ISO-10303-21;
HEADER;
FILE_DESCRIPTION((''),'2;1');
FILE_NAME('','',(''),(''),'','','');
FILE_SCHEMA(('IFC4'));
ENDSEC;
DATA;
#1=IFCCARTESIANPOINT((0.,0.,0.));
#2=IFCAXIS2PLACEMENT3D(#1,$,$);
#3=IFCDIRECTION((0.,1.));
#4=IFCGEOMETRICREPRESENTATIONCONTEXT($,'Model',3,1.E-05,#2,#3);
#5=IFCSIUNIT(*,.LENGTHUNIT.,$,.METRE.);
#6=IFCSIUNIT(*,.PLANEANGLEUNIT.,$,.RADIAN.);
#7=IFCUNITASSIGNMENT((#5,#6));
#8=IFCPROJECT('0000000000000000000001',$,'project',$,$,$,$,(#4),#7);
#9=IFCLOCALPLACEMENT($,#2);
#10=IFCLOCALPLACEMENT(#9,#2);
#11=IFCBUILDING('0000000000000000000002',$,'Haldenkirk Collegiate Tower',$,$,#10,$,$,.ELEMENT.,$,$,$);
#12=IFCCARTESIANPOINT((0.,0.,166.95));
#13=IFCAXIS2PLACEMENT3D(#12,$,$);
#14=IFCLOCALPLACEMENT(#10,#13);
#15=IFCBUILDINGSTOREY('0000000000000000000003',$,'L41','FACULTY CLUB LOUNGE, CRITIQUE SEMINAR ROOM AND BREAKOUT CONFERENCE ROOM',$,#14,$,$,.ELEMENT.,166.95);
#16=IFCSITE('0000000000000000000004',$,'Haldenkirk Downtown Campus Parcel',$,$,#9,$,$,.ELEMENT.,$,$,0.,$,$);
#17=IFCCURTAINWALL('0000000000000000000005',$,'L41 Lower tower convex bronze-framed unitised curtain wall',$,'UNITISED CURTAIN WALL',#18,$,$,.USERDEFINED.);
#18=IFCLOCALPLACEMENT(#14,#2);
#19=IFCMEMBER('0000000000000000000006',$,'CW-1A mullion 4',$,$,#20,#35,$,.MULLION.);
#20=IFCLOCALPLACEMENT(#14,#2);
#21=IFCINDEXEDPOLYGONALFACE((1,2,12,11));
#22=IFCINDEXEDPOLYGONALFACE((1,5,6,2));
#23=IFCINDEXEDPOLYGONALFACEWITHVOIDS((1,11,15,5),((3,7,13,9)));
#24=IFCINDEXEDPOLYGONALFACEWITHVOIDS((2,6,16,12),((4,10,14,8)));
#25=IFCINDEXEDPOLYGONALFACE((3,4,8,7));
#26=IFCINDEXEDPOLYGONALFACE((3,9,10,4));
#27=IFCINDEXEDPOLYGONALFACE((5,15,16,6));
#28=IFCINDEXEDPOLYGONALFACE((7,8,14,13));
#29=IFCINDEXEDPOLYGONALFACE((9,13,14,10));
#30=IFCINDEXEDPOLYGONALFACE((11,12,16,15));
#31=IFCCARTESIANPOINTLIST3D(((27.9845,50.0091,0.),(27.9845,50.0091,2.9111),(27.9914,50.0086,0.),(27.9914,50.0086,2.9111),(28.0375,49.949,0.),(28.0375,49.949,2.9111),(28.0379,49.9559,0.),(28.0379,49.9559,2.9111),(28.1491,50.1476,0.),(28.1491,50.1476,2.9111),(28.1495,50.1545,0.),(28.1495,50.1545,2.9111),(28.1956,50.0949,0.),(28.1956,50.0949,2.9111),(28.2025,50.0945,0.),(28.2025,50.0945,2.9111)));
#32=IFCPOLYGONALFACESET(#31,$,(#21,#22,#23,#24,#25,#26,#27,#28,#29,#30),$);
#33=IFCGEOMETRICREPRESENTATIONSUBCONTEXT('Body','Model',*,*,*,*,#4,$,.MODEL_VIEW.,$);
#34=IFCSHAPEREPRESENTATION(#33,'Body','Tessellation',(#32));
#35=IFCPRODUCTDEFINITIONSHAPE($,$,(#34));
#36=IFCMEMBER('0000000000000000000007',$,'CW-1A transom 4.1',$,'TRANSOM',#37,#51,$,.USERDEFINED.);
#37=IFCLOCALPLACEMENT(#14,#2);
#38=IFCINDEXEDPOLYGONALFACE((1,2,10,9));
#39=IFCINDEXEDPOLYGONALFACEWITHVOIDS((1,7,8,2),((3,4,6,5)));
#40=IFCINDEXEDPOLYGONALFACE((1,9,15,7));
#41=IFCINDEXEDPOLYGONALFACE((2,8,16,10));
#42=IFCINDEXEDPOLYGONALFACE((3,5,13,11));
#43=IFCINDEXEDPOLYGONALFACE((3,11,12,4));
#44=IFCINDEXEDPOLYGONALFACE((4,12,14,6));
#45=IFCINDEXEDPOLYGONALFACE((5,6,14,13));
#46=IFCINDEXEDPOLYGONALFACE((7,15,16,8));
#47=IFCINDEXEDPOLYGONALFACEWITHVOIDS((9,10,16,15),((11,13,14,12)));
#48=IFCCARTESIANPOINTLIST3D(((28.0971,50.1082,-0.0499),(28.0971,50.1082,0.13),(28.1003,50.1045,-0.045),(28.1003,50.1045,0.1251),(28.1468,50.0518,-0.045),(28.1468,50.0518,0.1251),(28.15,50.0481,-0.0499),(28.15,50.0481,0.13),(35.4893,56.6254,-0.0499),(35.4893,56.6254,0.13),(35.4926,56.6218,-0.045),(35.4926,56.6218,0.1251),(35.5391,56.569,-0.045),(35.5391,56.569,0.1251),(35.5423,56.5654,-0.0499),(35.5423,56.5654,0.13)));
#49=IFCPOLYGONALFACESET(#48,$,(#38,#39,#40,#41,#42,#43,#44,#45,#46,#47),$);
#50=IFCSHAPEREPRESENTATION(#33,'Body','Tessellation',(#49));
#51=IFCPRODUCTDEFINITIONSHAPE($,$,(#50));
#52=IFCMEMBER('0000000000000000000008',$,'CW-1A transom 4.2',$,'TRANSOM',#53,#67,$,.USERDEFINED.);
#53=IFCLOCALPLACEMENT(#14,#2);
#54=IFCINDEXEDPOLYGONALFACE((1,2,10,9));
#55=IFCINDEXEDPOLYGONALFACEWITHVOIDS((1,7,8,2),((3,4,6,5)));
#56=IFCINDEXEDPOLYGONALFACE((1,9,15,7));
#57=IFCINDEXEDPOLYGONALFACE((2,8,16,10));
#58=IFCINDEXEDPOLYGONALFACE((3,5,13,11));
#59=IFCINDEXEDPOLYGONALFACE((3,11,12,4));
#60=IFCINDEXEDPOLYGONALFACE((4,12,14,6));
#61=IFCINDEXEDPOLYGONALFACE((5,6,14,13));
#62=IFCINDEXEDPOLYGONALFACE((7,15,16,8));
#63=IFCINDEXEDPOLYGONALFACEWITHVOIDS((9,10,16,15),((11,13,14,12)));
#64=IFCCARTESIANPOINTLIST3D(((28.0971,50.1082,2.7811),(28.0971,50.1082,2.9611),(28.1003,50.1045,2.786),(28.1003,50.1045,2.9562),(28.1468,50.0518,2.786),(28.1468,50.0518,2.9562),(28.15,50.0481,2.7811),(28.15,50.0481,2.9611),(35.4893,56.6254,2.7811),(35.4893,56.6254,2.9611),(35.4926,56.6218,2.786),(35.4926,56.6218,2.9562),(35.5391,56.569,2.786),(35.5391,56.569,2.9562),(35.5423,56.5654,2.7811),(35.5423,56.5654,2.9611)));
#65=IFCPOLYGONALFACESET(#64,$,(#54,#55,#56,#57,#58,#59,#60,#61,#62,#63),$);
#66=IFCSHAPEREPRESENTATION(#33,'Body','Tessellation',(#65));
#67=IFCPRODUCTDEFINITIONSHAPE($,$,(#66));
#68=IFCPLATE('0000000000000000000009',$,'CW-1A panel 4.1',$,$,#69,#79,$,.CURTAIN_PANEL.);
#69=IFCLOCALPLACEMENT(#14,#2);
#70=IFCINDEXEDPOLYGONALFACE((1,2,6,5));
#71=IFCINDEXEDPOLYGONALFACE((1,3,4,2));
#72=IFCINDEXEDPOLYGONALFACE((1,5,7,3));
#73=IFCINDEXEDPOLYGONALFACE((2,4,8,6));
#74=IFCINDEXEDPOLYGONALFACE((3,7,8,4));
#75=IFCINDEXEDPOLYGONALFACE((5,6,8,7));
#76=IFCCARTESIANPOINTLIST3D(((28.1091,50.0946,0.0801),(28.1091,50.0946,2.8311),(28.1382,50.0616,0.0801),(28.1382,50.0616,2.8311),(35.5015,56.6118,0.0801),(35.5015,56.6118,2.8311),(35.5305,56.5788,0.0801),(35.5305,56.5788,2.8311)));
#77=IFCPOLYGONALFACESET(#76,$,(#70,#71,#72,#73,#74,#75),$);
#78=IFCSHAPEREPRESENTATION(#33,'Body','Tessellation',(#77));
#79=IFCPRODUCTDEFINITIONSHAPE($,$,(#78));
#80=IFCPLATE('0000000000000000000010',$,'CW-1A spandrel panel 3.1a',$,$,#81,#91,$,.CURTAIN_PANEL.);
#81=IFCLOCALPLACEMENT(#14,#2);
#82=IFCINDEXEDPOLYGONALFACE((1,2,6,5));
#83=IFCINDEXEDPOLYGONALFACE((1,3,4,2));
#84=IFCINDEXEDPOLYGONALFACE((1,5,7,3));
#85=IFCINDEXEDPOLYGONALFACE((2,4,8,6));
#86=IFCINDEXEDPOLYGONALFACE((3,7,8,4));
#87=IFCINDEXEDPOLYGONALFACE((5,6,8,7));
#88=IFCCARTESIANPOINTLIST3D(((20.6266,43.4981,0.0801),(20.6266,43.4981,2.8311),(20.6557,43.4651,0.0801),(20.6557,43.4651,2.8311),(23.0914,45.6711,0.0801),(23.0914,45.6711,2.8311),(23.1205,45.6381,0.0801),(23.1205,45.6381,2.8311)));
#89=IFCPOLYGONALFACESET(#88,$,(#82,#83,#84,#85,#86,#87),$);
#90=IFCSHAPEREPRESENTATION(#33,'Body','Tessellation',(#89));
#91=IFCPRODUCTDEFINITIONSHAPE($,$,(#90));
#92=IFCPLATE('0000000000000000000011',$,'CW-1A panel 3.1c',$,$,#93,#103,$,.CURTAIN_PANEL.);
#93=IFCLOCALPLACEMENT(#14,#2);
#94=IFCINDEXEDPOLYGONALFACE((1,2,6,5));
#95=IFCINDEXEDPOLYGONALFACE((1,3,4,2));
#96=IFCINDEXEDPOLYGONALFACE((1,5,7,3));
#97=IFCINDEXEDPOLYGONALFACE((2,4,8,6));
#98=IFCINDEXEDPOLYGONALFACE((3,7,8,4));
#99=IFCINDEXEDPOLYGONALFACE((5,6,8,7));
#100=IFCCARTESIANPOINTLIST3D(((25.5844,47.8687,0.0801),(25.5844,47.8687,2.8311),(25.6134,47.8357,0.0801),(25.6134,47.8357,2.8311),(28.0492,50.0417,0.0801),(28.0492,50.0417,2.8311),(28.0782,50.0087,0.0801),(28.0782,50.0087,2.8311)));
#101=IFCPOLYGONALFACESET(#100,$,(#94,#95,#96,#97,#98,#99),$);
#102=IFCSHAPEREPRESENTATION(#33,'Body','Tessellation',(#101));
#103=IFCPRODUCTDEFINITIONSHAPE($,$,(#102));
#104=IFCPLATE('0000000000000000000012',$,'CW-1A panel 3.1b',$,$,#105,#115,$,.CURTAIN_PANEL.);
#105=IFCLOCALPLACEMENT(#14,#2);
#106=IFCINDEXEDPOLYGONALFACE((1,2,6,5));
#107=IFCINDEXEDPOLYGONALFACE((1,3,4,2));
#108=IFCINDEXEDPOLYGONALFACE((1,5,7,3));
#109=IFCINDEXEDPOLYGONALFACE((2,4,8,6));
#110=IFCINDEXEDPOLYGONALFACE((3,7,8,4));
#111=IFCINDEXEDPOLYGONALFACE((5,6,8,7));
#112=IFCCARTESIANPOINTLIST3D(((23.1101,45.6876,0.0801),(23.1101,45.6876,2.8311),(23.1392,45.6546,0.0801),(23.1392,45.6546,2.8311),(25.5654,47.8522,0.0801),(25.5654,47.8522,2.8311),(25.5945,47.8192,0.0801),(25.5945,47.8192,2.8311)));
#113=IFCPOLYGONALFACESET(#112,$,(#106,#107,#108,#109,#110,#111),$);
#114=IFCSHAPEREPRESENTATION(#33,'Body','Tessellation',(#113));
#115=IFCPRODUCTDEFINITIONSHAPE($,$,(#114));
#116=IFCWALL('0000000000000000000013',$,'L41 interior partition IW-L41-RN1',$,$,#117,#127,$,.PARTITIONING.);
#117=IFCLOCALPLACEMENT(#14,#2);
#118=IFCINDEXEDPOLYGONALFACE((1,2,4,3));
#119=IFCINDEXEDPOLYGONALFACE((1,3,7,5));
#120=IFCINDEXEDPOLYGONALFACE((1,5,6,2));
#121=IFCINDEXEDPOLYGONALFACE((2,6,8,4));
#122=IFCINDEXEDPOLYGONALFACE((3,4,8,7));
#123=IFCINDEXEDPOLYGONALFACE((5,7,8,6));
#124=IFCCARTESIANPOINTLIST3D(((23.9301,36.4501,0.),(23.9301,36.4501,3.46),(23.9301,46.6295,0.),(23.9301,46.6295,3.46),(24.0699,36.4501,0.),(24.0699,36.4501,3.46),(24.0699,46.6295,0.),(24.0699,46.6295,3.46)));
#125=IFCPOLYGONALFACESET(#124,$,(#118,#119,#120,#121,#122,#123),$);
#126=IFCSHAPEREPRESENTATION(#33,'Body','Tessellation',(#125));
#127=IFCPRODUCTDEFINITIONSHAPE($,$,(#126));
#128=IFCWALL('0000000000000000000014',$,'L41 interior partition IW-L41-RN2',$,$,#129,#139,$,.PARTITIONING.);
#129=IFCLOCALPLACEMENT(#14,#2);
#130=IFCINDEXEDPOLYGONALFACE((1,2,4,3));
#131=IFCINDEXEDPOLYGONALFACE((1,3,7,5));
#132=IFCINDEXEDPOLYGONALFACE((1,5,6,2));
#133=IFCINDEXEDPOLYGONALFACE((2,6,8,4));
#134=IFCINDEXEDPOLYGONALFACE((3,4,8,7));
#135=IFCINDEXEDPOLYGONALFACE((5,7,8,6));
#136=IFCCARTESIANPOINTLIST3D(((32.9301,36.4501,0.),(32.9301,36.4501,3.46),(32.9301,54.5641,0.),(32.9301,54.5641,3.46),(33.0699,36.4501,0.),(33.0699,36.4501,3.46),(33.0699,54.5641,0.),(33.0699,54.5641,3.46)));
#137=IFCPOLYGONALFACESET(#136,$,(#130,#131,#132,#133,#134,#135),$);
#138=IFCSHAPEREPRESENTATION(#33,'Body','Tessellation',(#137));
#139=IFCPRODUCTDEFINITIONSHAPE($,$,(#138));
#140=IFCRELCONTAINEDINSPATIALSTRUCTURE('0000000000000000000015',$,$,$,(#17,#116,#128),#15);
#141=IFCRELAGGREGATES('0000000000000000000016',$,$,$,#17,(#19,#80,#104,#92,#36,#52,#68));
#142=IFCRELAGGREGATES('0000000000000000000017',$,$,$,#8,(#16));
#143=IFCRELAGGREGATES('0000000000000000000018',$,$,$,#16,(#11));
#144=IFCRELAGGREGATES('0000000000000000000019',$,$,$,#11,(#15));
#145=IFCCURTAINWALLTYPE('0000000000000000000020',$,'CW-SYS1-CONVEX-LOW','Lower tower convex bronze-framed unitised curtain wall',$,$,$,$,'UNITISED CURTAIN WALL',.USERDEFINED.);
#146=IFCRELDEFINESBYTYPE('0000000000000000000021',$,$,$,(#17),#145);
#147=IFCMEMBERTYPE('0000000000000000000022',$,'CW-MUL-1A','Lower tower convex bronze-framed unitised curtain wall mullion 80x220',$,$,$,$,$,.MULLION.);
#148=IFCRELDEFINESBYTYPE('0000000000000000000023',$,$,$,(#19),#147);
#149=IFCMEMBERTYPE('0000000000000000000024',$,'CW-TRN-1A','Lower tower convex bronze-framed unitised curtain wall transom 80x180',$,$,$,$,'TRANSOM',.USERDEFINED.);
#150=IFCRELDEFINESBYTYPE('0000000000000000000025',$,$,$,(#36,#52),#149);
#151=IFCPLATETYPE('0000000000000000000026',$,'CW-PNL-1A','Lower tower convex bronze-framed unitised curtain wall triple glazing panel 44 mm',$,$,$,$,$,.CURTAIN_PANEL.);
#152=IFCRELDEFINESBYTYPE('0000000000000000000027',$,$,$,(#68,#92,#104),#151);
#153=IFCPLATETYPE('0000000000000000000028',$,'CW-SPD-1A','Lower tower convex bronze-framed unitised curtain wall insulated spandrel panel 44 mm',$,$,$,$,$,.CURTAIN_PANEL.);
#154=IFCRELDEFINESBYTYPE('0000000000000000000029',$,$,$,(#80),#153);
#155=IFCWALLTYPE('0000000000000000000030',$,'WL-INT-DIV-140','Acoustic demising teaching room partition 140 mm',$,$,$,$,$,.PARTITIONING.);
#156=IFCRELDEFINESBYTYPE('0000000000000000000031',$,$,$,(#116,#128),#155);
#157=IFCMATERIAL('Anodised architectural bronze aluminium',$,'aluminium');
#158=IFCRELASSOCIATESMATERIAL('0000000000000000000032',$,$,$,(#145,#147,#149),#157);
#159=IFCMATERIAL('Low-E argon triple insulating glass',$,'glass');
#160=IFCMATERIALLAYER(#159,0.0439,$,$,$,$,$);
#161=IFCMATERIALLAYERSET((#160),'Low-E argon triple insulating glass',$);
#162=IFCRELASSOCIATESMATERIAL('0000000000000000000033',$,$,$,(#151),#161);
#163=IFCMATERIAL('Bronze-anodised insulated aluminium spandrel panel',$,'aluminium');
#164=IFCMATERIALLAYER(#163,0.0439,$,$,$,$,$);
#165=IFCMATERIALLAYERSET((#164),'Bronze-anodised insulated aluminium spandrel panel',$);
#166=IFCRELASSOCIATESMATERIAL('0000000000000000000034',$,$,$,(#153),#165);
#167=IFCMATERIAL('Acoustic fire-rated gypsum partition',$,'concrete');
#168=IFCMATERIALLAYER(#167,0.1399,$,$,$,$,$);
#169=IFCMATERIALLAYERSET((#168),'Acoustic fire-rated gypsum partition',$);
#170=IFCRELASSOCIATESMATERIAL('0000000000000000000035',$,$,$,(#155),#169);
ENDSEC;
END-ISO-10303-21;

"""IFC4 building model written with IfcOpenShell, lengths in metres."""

from ifc_helpers import new_model, si_unit, direction, frame, frame_2d, origin, origin_2d, place, context, subcontext, project, spatial, rectangle, hollow_rectangle, extrude, source, transform, mapped, material, layer, layer_set, material_profile, profile_set, type_object, element, aggregate, save


model = new_model("IFC4")

# Units and contexts
model_context = context("Model", 3, precision=1e-05, world=origin(), true_north=direction((0.0, 1.0)))
body_context = subcontext(model_context, "Body", "Model", "MODEL_VIEW")
ifc_project = project(units=[si_unit("LENGTHUNIT", "METRE"), si_unit("PLANEANGLEUNIT", "RADIAN")], contexts=[model_context])

# Site, building, storey
site_placement = place(None, origin())
site = spatial("IfcSite", under=ifc_project, at=site_placement, Name="Haldenkirk Downtown Campus Parcel", CompositionType="ELEMENT", RefElevation=0.0)
building_placement = place(site_placement, origin())
building = spatial("IfcBuilding", under=site, at=building_placement, Name="Haldenkirk Collegiate Tower", CompositionType="ELEMENT")
storey_placement = place(building_placement, frame((0.0, 0.0, 166.95)))
storey = spatial("IfcBuildingStorey", under=building, at=storey_placement, Name="L41", Description="FACULTY CLUB LOUNGE, CRITIQUE SEMINAR ROOM AND BREAKOUT CONFERENCE ROOM", CompositionType="ELEMENT", Elevation=166.95)

# Curtain wall, members, plates
ifc_material_1 = material(Name="Anodised architectural bronze aluminium", Category="aluminium")
curtain_wall_type = type_object("IfcCurtainWallType", Name="CW-SYS1-CONVEX-LOW", Description="Lower tower convex bronze-framed unitised curtain wall", ElementType="UNITISED CURTAIN WALL", PredefinedType="USERDEFINED", material=ifc_material_1)
curtain_wall_placement = place(storey_placement, origin())
curtain_wall = element("IfcCurtainWall", 1, at=curtain_wall_placement, inside=storey, type_object=curtain_wall_type, Name="L41 Lower tower convex bronze-framed unitised curtain wall", ObjectType="UNITISED CURTAIN WALL", PredefinedType="USERDEFINED")
ifc_material_profile_1 = material_profile(ifc_material_1, hollow_rectangle(XDim=0.0801, YDim=0.22, WallThickness=0.0049, at=origin_2d()), Name="CW-MUL-1A")
ifc_profile_set_1 = profile_set([ifc_material_profile_1], Name="Anodised architectural bronze aluminium")
member_type_1 = type_object("IfcMemberType", Name="CW-MUL-1A", Description="Lower tower convex bronze-framed unitised curtain wall mullion 80x220", PredefinedType="MULLION", material=ifc_profile_set_1)
member_1_placement = place(storey_placement, frame((28.0935, 50.0518, 0.0), z_axis=(0.0, 0.0, 1.0), x_axis=(-0.66131, 0.750112, 0.0)))
member_1 = element("IfcMember", 2, at=member_1_placement, type_object=member_type_1, Name="CW-1A mullion 4", PredefinedType="MULLION", context=body_context, shape_type="SweptSolid", body=[
    extrude(hollow_rectangle(XDim=0.0801, YDim=0.22, WallThickness=0.0049, at=origin_2d()), origin(), (0.0, 0.0, 1.0), 2.9111),
])
ifc_material_profile_2 = material_profile(ifc_material_1, hollow_rectangle(XDim=0.0801, YDim=0.1799, WallThickness=0.0049, at=origin_2d()), Name="CW-TRN-1A")
ifc_profile_set_2 = profile_set([ifc_material_profile_2], Name="Anodised architectural bronze aluminium")
member_type_2 = type_object("IfcMemberType", Name="CW-TRN-1A", Description="Lower tower convex bronze-framed unitised curtain wall transom 80x180", ElementType="TRANSOM", PredefinedType="USERDEFINED", material=ifc_profile_set_2)
member_2_placement = place(storey_placement, frame((28.1235, 50.0781, 0.04), z_axis=(0.750105, 0.661318, 0.0), x_axis=(-0.661318, 0.750105, 0.0)))
member_2 = element("IfcMember", 3, at=member_2_placement, type_object=member_type_2, Name="CW-1A transom 4.1", ObjectType="TRANSOM", PredefinedType="USERDEFINED", context=body_context, shape_type="SweptSolid", body=[
    extrude(hollow_rectangle(XDim=0.0801, YDim=0.1799, WallThickness=0.0049, at=origin_2d()), origin(), (0.0, 0.0, 1.0), 9.855),
])
member_3_placement = place(storey_placement, frame((28.1235, 50.0781, 2.8711), z_axis=(0.750105, 0.661318, 0.0), x_axis=(-0.661318, 0.750105, 0.0)))
member_3 = element("IfcMember", 4, at=member_3_placement, type_object=member_type_2, Name="CW-1A transom 4.2", ObjectType="TRANSOM", PredefinedType="USERDEFINED", context=body_context, shape_type="SweptSolid", body=[
    extrude(hollow_rectangle(XDim=0.0801, YDim=0.1799, WallThickness=0.0049, at=origin_2d()), origin(), (0.0, 0.0, 1.0), 9.855),
])
ifc_material_2 = material(Name="Low-E argon triple insulating glass", Category="glass")
ifc_layer_1 = layer(ifc_material_2, 0.0439)
ifc_layer_set_1 = layer_set([ifc_layer_1], Name="Low-E argon triple insulating glass")
plate_type_1 = type_object("IfcPlateType", Name="CW-PNL-1A", Description="Lower tower convex bronze-framed unitised curtain wall triple glazing panel 44 mm", PredefinedType="CURTAIN_PANEL", material=ifc_layer_set_1)
shared_shape_1 = source(origin(), body_context, "Body", "SweptSolid", [
    extrude(rectangle(XDim=9.855, YDim=0.0439, at=origin_2d()), origin(), (0.0, 0.0, 1.0), 2.751),
])
plate_1_placement = place(storey_placement, frame((31.8198, 53.3367, 0.0801), z_axis=(0.0, 0.0, 1.0), x_axis=(0.750112, 0.66131, 0.0)))
plate_1 = element("IfcPlate", 5, at=plate_1_placement, type_object=plate_type_1, Name="CW-1A panel 4.1", PredefinedType="CURTAIN_PANEL", context=body_context, shape_type="MappedRepresentation", body=[
    mapped(shared_shape_1, transform((0.0, 0.0, 0.0), x_axis=(1.0, 0.0, 0.0), y_axis=(0.0, 1.0, 0.0), z_axis=(0.0, 0.0, 1.0), scale=1.0)),
])
ifc_material_3 = material(Name="Bronze-anodised insulated aluminium spandrel panel", Category="aluminium")
ifc_layer_2 = layer(ifc_material_3, 0.0439)
ifc_layer_set_2 = layer_set([ifc_layer_2], Name="Bronze-anodised insulated aluminium spandrel panel")
plate_type_2 = type_object("IfcPlateType", Name="CW-SPD-1A", Description="Lower tower convex bronze-framed unitised curtain wall insulated spandrel panel 44 mm", PredefinedType="CURTAIN_PANEL", material=ifc_layer_set_2)
shared_shape_2 = source(origin(), body_context, "Body", "SweptSolid", [
    extrude(rectangle(XDim=3.2859, YDim=0.0439, at=origin_2d()), origin(), (0.0, 0.0, 1.0), 2.751),
])
plate_2_placement = place(storey_placement, frame((21.8735, 44.5681, 0.0801), z_axis=(0.0, 0.0, 1.0), x_axis=(0.750112, 0.66131, 0.0)))
plate_2 = element("IfcPlate", 6, at=plate_2_placement, type_object=plate_type_2, Name="CW-1A spandrel panel 3.1a", PredefinedType="CURTAIN_PANEL", context=body_context, shape_type="MappedRepresentation", body=[
    mapped(shared_shape_2, transform((0.0, 0.0, 0.0), x_axis=(1.0, 0.0, 0.0), y_axis=(0.0, 1.0, 0.0), z_axis=(0.0, 0.0, 1.0), scale=1.0)),
])
plate_3_placement = place(storey_placement, frame((26.8313, 48.9387, 0.0801), z_axis=(0.0, 0.0, 1.0), x_axis=(0.750112, 0.66131, 0.0)))
plate_3 = element("IfcPlate", 7, at=plate_3_placement, type_object=plate_type_1, Name="CW-1A panel 3.1c", PredefinedType="CURTAIN_PANEL", context=body_context, shape_type="MappedRepresentation", body=[
    mapped(shared_shape_2, transform((0.0, 0.0, 0.0), x_axis=(1.0, 0.0, 0.0), y_axis=(0.0, 1.0, 0.0), z_axis=(0.0, 0.0, 1.0), scale=1.0)),
])
shared_shape_3 = source(origin(), body_context, "Body", "SweptSolid", [
    extrude(rectangle(XDim=3.2732, YDim=0.0439, at=origin_2d()), origin(), (0.0, 0.0, 1.0), 2.751),
])
plate_4_placement = place(storey_placement, frame((24.3523, 46.7534, 0.0801), z_axis=(0.0, 0.0, 1.0), x_axis=(0.750112, 0.66131, 0.0)))
plate_4 = element("IfcPlate", 8, at=plate_4_placement, type_object=plate_type_1, Name="CW-1A panel 3.1b", PredefinedType="CURTAIN_PANEL", context=body_context, shape_type="MappedRepresentation", body=[
    mapped(shared_shape_3, transform((0.0, 0.0, 0.0), x_axis=(1.0, 0.0, 0.0), y_axis=(0.0, 1.0, 0.0), z_axis=(0.0, 0.0, 1.0), scale=1.0)),
])
aggregate(curtain_wall, [member_1, plate_2, plate_4, plate_3, member_2, member_3, plate_1])

# Walls
ifc_material_4 = material(Name="Acoustic fire-rated gypsum partition", Category="concrete")
ifc_layer_3 = layer(ifc_material_4, 0.1399)
ifc_layer_set_3 = layer_set([ifc_layer_3], Name="Acoustic fire-rated gypsum partition")
wall_type_1 = type_object("IfcWallType", Name="WL-INT-DIV-140", Description="Acoustic demising teaching room partition 140 mm", PredefinedType="PARTITIONING", material=ifc_layer_set_3)
wall_1_placement = place(storey_placement, frame((24.0, 36.45, 0.0), z_axis=(0.0, 0.0, 1.0), x_axis=(0.0, 1.0, 0.0)))
element("IfcWall", 9, at=wall_1_placement, inside=storey, type_object=wall_type_1, Name="L41 interior partition IW-L41-RN1", PredefinedType="PARTITIONING", context=body_context, shape_type="SweptSolid", body=[
    extrude(rectangle(XDim=10.1794, YDim=0.1399, at=frame_2d((5.0898, 0.0))), origin(), (0.0, 0.0, 1.0), 3.46),
])
wall_2_placement = place(storey_placement, frame((33.0, 36.45, 0.0), z_axis=(0.0, 0.0, 1.0), x_axis=(0.0, 1.0, 0.0)))
element("IfcWall", 10, at=wall_2_placement, inside=storey, type_object=wall_type_1, Name="L41 interior partition IW-L41-RN2", PredefinedType="PARTITIONING", context=body_context, shape_type="SweptSolid", body=[
    extrude(rectangle(XDim=18.114, YDim=0.1399, at=frame_2d((9.0571, 0.0))), origin(), (0.0, 0.0, 1.0), 3.46),
])

save(model, "model.ifc")
